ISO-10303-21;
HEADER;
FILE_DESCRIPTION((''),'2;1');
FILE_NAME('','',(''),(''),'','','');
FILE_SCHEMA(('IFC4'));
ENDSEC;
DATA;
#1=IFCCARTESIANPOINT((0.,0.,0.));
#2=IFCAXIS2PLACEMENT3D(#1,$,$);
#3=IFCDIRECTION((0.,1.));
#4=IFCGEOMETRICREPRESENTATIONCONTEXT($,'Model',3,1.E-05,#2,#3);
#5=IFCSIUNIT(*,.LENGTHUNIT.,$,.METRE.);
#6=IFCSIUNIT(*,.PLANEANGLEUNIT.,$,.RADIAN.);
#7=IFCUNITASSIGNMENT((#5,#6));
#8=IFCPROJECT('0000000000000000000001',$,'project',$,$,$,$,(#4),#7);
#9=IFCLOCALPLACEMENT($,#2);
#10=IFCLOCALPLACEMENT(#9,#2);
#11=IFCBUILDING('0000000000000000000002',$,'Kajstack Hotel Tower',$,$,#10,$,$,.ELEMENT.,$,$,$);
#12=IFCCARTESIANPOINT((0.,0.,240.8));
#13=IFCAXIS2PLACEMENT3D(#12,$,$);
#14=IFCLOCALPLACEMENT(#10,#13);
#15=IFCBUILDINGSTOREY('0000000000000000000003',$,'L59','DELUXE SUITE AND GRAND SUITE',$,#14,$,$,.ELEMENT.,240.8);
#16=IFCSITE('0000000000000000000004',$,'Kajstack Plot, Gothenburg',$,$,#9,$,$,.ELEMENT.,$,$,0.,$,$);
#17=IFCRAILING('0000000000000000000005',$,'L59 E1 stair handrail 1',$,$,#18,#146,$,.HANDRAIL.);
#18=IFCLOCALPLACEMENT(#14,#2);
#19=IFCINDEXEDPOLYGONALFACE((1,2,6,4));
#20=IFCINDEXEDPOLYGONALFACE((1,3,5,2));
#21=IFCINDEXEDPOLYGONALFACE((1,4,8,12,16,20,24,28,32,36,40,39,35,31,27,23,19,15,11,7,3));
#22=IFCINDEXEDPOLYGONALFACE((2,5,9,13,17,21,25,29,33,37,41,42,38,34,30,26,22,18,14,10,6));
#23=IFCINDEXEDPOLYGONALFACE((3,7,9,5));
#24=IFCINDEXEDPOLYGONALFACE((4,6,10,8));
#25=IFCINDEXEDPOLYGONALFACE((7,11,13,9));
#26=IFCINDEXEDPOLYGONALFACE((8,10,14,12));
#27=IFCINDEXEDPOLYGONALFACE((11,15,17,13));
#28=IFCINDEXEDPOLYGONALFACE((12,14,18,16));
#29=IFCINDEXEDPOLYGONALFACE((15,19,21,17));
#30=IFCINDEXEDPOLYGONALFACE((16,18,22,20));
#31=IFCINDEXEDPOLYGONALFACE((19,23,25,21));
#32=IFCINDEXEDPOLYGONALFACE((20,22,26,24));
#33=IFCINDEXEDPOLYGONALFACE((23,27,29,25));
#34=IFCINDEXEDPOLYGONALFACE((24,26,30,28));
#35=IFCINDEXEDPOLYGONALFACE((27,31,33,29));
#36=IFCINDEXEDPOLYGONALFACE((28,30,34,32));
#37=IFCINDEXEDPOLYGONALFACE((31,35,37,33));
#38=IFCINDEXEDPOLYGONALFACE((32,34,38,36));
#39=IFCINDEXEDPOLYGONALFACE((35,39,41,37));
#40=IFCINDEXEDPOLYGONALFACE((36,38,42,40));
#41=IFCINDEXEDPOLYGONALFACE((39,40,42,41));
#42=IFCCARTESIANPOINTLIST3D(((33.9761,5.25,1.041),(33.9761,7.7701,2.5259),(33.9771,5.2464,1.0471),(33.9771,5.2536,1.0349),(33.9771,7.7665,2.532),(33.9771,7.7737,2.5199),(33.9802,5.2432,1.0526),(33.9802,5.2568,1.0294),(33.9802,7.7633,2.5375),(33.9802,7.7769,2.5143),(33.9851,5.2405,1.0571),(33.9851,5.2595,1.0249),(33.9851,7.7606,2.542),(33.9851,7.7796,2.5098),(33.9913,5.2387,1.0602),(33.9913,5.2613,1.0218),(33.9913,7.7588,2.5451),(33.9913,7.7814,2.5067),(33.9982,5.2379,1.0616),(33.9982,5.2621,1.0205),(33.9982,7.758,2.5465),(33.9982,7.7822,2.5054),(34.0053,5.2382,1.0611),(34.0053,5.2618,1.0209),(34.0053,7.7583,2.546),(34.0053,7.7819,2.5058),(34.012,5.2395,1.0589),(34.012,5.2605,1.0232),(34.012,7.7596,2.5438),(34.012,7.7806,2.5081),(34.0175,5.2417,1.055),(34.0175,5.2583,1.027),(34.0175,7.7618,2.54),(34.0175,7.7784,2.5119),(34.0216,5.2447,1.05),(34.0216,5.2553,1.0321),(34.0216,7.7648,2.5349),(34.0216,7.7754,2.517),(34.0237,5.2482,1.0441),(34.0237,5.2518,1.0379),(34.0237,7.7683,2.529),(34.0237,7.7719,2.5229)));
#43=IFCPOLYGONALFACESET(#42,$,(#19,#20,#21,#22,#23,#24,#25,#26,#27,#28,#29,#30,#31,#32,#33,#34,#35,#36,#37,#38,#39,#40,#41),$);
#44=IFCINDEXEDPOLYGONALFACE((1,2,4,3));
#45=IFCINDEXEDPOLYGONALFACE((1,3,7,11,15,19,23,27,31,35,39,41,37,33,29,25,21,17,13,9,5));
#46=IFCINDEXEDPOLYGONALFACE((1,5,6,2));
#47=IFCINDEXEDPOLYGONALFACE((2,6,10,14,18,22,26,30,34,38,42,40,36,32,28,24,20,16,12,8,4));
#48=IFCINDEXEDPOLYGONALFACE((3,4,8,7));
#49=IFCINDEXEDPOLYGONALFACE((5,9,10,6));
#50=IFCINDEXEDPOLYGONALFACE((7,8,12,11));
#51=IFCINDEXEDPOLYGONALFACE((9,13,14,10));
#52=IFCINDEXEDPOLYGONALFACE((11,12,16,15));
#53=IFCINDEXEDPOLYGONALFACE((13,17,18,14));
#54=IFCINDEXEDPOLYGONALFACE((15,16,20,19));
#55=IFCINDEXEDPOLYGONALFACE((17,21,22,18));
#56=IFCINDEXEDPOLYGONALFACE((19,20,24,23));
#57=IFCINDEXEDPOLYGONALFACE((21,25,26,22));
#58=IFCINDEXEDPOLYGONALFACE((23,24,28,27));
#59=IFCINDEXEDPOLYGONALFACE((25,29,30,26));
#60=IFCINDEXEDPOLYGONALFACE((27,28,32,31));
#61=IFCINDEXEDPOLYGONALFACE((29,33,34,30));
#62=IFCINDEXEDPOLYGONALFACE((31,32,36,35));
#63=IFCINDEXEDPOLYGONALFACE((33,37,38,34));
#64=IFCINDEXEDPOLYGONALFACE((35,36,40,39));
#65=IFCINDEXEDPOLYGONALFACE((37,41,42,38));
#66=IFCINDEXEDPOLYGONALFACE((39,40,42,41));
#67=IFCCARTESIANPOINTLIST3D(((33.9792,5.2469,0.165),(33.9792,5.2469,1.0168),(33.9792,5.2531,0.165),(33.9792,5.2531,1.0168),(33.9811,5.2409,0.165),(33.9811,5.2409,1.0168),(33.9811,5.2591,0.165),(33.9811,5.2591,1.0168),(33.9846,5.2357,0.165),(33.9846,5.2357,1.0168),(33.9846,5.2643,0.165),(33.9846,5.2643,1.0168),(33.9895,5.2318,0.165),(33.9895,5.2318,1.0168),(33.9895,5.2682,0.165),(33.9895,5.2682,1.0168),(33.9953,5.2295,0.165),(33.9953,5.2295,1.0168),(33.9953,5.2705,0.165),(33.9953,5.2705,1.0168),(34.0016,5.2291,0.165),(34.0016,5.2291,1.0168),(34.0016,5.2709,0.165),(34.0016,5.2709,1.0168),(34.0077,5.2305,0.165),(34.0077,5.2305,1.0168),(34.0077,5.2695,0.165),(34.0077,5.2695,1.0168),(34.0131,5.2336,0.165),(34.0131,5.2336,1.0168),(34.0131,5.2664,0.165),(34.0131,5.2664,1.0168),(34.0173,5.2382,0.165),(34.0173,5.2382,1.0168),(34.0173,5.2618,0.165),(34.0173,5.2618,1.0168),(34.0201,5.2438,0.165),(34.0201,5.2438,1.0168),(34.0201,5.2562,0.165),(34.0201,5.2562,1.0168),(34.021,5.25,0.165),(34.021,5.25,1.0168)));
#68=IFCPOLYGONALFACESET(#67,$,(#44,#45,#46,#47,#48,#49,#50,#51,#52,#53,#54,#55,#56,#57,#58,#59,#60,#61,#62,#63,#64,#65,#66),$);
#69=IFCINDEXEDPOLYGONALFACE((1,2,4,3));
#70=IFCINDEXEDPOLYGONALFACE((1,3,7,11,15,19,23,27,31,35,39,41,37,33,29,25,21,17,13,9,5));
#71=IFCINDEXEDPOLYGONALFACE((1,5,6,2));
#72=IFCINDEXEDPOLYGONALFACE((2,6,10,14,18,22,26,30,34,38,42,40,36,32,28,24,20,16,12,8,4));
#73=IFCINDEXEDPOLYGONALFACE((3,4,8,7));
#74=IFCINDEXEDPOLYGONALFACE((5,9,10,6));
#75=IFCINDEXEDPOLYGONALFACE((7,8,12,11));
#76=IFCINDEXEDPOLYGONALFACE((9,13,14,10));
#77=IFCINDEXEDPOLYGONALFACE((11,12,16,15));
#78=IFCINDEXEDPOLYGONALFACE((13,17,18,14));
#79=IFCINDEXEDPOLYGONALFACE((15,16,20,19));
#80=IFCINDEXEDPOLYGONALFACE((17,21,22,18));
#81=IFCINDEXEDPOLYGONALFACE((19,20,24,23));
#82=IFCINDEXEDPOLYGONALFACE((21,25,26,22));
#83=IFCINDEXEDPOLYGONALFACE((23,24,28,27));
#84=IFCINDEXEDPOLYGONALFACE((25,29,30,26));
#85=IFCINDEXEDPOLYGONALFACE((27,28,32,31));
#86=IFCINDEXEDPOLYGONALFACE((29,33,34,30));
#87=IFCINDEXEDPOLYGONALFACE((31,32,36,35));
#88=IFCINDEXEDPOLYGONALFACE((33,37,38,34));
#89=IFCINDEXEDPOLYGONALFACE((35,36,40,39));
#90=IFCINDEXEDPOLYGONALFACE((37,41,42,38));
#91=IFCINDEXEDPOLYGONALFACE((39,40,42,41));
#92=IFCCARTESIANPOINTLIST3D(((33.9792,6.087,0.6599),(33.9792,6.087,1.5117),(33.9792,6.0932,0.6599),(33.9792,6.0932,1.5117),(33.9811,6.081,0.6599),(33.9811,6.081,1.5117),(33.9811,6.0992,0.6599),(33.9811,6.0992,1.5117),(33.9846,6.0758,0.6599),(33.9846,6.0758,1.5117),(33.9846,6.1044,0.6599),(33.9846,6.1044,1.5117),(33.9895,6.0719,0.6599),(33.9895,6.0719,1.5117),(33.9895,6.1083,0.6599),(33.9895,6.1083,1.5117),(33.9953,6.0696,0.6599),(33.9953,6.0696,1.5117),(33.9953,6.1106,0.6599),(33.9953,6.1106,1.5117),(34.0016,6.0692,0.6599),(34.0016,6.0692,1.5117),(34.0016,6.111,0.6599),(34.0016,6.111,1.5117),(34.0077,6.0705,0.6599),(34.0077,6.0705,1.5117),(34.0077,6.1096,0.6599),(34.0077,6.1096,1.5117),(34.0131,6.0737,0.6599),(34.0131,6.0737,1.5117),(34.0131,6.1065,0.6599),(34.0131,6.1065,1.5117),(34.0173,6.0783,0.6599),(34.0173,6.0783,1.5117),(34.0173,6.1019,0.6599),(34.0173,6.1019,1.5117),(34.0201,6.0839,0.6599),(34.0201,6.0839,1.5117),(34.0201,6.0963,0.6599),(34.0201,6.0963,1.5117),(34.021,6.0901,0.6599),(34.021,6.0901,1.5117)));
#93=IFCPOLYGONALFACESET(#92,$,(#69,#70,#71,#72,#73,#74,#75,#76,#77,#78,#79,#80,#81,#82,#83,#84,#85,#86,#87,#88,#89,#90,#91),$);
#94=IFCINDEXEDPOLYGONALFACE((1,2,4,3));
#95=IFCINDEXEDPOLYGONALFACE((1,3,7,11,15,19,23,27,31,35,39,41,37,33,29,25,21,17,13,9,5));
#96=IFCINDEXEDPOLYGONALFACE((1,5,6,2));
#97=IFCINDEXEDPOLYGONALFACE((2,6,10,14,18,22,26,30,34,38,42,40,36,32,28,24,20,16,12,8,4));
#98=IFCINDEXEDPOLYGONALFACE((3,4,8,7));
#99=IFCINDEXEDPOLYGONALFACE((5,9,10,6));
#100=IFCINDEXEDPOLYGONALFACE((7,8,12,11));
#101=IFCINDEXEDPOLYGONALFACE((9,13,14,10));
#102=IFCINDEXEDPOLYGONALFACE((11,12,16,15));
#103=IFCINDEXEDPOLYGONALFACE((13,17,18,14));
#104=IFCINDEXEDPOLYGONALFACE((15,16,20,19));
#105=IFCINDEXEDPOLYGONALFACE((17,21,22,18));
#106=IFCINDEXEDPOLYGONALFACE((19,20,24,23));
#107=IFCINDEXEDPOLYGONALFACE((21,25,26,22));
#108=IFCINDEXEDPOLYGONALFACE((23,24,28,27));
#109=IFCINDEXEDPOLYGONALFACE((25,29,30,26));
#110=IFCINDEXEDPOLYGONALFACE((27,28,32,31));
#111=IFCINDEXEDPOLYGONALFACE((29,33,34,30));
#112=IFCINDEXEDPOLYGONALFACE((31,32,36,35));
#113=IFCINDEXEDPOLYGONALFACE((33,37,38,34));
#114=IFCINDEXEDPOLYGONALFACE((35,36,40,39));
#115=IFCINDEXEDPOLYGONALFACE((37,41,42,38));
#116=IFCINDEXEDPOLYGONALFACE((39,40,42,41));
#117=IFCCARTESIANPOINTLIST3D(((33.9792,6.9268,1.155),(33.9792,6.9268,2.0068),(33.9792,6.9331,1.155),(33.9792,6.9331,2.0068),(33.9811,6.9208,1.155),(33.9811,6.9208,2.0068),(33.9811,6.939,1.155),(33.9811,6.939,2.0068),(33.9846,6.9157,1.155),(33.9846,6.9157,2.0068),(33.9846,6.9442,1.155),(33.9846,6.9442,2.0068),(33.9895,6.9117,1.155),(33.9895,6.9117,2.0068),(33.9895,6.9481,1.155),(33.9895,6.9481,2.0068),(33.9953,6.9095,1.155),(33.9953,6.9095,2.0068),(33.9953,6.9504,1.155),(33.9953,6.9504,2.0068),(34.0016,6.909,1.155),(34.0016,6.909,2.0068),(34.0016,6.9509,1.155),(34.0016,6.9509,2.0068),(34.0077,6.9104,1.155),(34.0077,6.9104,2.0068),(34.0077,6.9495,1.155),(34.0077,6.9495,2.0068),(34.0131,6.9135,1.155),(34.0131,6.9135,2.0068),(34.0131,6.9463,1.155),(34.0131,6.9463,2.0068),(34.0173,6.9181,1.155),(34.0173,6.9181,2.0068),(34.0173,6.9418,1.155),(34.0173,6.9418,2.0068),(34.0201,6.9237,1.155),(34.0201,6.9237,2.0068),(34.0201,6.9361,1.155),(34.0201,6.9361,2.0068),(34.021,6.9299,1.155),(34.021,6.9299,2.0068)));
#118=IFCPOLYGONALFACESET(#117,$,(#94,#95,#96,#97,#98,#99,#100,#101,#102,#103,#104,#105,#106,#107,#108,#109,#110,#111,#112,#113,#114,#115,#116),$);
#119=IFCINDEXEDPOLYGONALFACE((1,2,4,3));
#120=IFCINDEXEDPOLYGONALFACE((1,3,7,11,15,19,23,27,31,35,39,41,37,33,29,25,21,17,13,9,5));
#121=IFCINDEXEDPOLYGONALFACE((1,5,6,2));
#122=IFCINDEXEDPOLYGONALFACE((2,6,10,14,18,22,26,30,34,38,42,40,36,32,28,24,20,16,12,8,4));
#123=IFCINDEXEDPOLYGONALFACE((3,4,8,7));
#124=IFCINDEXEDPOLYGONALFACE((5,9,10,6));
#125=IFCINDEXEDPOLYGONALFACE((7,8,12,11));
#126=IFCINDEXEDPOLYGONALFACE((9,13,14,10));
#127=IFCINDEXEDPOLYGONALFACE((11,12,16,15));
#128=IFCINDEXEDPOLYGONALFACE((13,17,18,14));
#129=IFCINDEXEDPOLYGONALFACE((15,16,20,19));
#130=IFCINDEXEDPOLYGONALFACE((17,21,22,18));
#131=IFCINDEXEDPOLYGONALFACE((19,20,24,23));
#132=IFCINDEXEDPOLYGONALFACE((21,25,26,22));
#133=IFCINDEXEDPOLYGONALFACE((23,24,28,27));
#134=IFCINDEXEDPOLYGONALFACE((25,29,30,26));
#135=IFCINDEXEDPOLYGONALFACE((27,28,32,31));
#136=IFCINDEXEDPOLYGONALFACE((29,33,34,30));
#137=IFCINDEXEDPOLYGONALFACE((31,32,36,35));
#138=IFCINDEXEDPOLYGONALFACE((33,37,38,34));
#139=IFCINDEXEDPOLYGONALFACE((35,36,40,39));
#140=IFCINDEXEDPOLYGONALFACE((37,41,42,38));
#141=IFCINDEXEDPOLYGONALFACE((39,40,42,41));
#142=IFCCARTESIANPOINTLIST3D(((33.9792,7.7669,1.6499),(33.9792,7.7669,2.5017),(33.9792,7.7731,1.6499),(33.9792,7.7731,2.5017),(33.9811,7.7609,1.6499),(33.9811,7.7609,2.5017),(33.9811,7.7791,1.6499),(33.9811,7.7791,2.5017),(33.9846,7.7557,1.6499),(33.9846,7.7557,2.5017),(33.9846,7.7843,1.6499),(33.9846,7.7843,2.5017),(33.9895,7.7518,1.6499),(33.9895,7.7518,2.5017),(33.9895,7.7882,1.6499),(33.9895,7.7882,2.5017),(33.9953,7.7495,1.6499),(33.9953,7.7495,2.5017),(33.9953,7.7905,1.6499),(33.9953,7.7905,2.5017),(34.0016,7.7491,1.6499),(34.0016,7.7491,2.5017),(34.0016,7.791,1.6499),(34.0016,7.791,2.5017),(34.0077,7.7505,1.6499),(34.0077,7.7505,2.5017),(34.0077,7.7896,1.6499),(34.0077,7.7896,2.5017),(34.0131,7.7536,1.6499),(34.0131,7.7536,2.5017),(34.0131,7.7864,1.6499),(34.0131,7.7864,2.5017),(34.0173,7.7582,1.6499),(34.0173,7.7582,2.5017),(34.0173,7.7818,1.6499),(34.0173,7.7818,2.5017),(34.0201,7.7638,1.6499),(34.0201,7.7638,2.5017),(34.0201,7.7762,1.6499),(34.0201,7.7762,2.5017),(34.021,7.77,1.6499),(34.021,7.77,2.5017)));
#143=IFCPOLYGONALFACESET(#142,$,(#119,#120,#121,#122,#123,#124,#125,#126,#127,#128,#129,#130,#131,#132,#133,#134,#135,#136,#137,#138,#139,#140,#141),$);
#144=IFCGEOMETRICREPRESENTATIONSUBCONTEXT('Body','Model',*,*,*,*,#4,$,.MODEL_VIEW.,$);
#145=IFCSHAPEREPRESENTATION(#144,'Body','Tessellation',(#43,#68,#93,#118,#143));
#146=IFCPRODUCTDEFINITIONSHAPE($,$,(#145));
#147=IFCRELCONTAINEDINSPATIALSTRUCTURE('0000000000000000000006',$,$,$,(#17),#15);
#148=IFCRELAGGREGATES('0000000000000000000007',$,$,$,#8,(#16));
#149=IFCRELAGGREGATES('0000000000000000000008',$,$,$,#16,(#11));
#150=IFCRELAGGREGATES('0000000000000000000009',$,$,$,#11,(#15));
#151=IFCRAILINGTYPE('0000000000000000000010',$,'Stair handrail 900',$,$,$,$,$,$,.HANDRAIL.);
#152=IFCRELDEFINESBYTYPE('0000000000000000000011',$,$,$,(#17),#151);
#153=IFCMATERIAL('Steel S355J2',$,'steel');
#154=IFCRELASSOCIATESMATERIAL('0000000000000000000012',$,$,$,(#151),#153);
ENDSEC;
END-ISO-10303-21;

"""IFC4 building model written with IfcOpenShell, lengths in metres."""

from ifc_helpers import new_model, si_unit, direction, frame, origin, origin_2d, place, context, subcontext, project, spatial, circle, extrude, material, type_object, element, save


model = new_model("IFC4")

# Units and contexts
model_context = context("Model", 3, precision=1e-05, world=origin(), true_north=direction((0.0, 1.0)))
body_context = subcontext(model_context, "Body", "Model", "MODEL_VIEW")
ifc_project = project(units=[si_unit("LENGTHUNIT", "METRE"), si_unit("PLANEANGLEUNIT", "RADIAN")], contexts=[model_context])

# Site, building, storey
site_placement = place(None, origin())
site = spatial("IfcSite", under=ifc_project, at=site_placement, Name="Kajstack Plot, Gothenburg", CompositionType="ELEMENT", RefElevation=0.0)
building_placement = place(site_placement, origin())
building = spatial("IfcBuilding", under=site, at=building_placement, Name="Kajstack Hotel Tower", CompositionType="ELEMENT")
storey_placement = place(building_placement, frame((0.0, 0.0, 240.8)))
storey = spatial("IfcBuildingStorey", under=building, at=storey_placement, Name="L59", Description="DELUXE SUITE AND GRAND SUITE", CompositionType="ELEMENT", Elevation=240.8)

# Railing
ifc_material_1 = material(Name="Steel S355J2", Category="steel")
railing_type_1 = type_object("IfcRailingType", Name="Stair handrail 900", PredefinedType="HANDRAIL", material=ifc_material_1)
railing_1_placement = place(storey_placement, frame((34.0, 5.25, 0.165)))
element("IfcRailing", 1, at=railing_1_placement, inside=storey, type_object=railing_type_1, Name="L59 E1 stair handrail 1", PredefinedType="HANDRAIL", context=body_context, shape_type="SweptSolid", body=[
    extrude(circle(Radius=0.0239, at=origin_2d()), frame((0.0, 0.0, 0.876), z_axis=(0.0, 0.861561, 0.507655), x_axis=(-1.0, 0.0, 0.0)), (0.0, 0.0, 1.0), 2.925),
    extrude(circle(Radius=0.021, at=origin_2d()), origin(), (0.0, 0.0, 1.0), 0.8518),
    extrude(circle(Radius=0.021, at=origin_2d()), frame((0.0, 0.8401, 0.4949)), (0.0, 0.0, 1.0), 0.8518),
    extrude(circle(Radius=0.021, at=origin_2d()), frame((0.0, 1.6799, 0.99)), (0.0, 0.0, 1.0), 0.8518),
    extrude(circle(Radius=0.021, at=origin_2d()), frame((0.0, 2.52, 1.4849)), (0.0, 0.0, 1.0), 0.8518),
])

save(model, "model.ifc")
